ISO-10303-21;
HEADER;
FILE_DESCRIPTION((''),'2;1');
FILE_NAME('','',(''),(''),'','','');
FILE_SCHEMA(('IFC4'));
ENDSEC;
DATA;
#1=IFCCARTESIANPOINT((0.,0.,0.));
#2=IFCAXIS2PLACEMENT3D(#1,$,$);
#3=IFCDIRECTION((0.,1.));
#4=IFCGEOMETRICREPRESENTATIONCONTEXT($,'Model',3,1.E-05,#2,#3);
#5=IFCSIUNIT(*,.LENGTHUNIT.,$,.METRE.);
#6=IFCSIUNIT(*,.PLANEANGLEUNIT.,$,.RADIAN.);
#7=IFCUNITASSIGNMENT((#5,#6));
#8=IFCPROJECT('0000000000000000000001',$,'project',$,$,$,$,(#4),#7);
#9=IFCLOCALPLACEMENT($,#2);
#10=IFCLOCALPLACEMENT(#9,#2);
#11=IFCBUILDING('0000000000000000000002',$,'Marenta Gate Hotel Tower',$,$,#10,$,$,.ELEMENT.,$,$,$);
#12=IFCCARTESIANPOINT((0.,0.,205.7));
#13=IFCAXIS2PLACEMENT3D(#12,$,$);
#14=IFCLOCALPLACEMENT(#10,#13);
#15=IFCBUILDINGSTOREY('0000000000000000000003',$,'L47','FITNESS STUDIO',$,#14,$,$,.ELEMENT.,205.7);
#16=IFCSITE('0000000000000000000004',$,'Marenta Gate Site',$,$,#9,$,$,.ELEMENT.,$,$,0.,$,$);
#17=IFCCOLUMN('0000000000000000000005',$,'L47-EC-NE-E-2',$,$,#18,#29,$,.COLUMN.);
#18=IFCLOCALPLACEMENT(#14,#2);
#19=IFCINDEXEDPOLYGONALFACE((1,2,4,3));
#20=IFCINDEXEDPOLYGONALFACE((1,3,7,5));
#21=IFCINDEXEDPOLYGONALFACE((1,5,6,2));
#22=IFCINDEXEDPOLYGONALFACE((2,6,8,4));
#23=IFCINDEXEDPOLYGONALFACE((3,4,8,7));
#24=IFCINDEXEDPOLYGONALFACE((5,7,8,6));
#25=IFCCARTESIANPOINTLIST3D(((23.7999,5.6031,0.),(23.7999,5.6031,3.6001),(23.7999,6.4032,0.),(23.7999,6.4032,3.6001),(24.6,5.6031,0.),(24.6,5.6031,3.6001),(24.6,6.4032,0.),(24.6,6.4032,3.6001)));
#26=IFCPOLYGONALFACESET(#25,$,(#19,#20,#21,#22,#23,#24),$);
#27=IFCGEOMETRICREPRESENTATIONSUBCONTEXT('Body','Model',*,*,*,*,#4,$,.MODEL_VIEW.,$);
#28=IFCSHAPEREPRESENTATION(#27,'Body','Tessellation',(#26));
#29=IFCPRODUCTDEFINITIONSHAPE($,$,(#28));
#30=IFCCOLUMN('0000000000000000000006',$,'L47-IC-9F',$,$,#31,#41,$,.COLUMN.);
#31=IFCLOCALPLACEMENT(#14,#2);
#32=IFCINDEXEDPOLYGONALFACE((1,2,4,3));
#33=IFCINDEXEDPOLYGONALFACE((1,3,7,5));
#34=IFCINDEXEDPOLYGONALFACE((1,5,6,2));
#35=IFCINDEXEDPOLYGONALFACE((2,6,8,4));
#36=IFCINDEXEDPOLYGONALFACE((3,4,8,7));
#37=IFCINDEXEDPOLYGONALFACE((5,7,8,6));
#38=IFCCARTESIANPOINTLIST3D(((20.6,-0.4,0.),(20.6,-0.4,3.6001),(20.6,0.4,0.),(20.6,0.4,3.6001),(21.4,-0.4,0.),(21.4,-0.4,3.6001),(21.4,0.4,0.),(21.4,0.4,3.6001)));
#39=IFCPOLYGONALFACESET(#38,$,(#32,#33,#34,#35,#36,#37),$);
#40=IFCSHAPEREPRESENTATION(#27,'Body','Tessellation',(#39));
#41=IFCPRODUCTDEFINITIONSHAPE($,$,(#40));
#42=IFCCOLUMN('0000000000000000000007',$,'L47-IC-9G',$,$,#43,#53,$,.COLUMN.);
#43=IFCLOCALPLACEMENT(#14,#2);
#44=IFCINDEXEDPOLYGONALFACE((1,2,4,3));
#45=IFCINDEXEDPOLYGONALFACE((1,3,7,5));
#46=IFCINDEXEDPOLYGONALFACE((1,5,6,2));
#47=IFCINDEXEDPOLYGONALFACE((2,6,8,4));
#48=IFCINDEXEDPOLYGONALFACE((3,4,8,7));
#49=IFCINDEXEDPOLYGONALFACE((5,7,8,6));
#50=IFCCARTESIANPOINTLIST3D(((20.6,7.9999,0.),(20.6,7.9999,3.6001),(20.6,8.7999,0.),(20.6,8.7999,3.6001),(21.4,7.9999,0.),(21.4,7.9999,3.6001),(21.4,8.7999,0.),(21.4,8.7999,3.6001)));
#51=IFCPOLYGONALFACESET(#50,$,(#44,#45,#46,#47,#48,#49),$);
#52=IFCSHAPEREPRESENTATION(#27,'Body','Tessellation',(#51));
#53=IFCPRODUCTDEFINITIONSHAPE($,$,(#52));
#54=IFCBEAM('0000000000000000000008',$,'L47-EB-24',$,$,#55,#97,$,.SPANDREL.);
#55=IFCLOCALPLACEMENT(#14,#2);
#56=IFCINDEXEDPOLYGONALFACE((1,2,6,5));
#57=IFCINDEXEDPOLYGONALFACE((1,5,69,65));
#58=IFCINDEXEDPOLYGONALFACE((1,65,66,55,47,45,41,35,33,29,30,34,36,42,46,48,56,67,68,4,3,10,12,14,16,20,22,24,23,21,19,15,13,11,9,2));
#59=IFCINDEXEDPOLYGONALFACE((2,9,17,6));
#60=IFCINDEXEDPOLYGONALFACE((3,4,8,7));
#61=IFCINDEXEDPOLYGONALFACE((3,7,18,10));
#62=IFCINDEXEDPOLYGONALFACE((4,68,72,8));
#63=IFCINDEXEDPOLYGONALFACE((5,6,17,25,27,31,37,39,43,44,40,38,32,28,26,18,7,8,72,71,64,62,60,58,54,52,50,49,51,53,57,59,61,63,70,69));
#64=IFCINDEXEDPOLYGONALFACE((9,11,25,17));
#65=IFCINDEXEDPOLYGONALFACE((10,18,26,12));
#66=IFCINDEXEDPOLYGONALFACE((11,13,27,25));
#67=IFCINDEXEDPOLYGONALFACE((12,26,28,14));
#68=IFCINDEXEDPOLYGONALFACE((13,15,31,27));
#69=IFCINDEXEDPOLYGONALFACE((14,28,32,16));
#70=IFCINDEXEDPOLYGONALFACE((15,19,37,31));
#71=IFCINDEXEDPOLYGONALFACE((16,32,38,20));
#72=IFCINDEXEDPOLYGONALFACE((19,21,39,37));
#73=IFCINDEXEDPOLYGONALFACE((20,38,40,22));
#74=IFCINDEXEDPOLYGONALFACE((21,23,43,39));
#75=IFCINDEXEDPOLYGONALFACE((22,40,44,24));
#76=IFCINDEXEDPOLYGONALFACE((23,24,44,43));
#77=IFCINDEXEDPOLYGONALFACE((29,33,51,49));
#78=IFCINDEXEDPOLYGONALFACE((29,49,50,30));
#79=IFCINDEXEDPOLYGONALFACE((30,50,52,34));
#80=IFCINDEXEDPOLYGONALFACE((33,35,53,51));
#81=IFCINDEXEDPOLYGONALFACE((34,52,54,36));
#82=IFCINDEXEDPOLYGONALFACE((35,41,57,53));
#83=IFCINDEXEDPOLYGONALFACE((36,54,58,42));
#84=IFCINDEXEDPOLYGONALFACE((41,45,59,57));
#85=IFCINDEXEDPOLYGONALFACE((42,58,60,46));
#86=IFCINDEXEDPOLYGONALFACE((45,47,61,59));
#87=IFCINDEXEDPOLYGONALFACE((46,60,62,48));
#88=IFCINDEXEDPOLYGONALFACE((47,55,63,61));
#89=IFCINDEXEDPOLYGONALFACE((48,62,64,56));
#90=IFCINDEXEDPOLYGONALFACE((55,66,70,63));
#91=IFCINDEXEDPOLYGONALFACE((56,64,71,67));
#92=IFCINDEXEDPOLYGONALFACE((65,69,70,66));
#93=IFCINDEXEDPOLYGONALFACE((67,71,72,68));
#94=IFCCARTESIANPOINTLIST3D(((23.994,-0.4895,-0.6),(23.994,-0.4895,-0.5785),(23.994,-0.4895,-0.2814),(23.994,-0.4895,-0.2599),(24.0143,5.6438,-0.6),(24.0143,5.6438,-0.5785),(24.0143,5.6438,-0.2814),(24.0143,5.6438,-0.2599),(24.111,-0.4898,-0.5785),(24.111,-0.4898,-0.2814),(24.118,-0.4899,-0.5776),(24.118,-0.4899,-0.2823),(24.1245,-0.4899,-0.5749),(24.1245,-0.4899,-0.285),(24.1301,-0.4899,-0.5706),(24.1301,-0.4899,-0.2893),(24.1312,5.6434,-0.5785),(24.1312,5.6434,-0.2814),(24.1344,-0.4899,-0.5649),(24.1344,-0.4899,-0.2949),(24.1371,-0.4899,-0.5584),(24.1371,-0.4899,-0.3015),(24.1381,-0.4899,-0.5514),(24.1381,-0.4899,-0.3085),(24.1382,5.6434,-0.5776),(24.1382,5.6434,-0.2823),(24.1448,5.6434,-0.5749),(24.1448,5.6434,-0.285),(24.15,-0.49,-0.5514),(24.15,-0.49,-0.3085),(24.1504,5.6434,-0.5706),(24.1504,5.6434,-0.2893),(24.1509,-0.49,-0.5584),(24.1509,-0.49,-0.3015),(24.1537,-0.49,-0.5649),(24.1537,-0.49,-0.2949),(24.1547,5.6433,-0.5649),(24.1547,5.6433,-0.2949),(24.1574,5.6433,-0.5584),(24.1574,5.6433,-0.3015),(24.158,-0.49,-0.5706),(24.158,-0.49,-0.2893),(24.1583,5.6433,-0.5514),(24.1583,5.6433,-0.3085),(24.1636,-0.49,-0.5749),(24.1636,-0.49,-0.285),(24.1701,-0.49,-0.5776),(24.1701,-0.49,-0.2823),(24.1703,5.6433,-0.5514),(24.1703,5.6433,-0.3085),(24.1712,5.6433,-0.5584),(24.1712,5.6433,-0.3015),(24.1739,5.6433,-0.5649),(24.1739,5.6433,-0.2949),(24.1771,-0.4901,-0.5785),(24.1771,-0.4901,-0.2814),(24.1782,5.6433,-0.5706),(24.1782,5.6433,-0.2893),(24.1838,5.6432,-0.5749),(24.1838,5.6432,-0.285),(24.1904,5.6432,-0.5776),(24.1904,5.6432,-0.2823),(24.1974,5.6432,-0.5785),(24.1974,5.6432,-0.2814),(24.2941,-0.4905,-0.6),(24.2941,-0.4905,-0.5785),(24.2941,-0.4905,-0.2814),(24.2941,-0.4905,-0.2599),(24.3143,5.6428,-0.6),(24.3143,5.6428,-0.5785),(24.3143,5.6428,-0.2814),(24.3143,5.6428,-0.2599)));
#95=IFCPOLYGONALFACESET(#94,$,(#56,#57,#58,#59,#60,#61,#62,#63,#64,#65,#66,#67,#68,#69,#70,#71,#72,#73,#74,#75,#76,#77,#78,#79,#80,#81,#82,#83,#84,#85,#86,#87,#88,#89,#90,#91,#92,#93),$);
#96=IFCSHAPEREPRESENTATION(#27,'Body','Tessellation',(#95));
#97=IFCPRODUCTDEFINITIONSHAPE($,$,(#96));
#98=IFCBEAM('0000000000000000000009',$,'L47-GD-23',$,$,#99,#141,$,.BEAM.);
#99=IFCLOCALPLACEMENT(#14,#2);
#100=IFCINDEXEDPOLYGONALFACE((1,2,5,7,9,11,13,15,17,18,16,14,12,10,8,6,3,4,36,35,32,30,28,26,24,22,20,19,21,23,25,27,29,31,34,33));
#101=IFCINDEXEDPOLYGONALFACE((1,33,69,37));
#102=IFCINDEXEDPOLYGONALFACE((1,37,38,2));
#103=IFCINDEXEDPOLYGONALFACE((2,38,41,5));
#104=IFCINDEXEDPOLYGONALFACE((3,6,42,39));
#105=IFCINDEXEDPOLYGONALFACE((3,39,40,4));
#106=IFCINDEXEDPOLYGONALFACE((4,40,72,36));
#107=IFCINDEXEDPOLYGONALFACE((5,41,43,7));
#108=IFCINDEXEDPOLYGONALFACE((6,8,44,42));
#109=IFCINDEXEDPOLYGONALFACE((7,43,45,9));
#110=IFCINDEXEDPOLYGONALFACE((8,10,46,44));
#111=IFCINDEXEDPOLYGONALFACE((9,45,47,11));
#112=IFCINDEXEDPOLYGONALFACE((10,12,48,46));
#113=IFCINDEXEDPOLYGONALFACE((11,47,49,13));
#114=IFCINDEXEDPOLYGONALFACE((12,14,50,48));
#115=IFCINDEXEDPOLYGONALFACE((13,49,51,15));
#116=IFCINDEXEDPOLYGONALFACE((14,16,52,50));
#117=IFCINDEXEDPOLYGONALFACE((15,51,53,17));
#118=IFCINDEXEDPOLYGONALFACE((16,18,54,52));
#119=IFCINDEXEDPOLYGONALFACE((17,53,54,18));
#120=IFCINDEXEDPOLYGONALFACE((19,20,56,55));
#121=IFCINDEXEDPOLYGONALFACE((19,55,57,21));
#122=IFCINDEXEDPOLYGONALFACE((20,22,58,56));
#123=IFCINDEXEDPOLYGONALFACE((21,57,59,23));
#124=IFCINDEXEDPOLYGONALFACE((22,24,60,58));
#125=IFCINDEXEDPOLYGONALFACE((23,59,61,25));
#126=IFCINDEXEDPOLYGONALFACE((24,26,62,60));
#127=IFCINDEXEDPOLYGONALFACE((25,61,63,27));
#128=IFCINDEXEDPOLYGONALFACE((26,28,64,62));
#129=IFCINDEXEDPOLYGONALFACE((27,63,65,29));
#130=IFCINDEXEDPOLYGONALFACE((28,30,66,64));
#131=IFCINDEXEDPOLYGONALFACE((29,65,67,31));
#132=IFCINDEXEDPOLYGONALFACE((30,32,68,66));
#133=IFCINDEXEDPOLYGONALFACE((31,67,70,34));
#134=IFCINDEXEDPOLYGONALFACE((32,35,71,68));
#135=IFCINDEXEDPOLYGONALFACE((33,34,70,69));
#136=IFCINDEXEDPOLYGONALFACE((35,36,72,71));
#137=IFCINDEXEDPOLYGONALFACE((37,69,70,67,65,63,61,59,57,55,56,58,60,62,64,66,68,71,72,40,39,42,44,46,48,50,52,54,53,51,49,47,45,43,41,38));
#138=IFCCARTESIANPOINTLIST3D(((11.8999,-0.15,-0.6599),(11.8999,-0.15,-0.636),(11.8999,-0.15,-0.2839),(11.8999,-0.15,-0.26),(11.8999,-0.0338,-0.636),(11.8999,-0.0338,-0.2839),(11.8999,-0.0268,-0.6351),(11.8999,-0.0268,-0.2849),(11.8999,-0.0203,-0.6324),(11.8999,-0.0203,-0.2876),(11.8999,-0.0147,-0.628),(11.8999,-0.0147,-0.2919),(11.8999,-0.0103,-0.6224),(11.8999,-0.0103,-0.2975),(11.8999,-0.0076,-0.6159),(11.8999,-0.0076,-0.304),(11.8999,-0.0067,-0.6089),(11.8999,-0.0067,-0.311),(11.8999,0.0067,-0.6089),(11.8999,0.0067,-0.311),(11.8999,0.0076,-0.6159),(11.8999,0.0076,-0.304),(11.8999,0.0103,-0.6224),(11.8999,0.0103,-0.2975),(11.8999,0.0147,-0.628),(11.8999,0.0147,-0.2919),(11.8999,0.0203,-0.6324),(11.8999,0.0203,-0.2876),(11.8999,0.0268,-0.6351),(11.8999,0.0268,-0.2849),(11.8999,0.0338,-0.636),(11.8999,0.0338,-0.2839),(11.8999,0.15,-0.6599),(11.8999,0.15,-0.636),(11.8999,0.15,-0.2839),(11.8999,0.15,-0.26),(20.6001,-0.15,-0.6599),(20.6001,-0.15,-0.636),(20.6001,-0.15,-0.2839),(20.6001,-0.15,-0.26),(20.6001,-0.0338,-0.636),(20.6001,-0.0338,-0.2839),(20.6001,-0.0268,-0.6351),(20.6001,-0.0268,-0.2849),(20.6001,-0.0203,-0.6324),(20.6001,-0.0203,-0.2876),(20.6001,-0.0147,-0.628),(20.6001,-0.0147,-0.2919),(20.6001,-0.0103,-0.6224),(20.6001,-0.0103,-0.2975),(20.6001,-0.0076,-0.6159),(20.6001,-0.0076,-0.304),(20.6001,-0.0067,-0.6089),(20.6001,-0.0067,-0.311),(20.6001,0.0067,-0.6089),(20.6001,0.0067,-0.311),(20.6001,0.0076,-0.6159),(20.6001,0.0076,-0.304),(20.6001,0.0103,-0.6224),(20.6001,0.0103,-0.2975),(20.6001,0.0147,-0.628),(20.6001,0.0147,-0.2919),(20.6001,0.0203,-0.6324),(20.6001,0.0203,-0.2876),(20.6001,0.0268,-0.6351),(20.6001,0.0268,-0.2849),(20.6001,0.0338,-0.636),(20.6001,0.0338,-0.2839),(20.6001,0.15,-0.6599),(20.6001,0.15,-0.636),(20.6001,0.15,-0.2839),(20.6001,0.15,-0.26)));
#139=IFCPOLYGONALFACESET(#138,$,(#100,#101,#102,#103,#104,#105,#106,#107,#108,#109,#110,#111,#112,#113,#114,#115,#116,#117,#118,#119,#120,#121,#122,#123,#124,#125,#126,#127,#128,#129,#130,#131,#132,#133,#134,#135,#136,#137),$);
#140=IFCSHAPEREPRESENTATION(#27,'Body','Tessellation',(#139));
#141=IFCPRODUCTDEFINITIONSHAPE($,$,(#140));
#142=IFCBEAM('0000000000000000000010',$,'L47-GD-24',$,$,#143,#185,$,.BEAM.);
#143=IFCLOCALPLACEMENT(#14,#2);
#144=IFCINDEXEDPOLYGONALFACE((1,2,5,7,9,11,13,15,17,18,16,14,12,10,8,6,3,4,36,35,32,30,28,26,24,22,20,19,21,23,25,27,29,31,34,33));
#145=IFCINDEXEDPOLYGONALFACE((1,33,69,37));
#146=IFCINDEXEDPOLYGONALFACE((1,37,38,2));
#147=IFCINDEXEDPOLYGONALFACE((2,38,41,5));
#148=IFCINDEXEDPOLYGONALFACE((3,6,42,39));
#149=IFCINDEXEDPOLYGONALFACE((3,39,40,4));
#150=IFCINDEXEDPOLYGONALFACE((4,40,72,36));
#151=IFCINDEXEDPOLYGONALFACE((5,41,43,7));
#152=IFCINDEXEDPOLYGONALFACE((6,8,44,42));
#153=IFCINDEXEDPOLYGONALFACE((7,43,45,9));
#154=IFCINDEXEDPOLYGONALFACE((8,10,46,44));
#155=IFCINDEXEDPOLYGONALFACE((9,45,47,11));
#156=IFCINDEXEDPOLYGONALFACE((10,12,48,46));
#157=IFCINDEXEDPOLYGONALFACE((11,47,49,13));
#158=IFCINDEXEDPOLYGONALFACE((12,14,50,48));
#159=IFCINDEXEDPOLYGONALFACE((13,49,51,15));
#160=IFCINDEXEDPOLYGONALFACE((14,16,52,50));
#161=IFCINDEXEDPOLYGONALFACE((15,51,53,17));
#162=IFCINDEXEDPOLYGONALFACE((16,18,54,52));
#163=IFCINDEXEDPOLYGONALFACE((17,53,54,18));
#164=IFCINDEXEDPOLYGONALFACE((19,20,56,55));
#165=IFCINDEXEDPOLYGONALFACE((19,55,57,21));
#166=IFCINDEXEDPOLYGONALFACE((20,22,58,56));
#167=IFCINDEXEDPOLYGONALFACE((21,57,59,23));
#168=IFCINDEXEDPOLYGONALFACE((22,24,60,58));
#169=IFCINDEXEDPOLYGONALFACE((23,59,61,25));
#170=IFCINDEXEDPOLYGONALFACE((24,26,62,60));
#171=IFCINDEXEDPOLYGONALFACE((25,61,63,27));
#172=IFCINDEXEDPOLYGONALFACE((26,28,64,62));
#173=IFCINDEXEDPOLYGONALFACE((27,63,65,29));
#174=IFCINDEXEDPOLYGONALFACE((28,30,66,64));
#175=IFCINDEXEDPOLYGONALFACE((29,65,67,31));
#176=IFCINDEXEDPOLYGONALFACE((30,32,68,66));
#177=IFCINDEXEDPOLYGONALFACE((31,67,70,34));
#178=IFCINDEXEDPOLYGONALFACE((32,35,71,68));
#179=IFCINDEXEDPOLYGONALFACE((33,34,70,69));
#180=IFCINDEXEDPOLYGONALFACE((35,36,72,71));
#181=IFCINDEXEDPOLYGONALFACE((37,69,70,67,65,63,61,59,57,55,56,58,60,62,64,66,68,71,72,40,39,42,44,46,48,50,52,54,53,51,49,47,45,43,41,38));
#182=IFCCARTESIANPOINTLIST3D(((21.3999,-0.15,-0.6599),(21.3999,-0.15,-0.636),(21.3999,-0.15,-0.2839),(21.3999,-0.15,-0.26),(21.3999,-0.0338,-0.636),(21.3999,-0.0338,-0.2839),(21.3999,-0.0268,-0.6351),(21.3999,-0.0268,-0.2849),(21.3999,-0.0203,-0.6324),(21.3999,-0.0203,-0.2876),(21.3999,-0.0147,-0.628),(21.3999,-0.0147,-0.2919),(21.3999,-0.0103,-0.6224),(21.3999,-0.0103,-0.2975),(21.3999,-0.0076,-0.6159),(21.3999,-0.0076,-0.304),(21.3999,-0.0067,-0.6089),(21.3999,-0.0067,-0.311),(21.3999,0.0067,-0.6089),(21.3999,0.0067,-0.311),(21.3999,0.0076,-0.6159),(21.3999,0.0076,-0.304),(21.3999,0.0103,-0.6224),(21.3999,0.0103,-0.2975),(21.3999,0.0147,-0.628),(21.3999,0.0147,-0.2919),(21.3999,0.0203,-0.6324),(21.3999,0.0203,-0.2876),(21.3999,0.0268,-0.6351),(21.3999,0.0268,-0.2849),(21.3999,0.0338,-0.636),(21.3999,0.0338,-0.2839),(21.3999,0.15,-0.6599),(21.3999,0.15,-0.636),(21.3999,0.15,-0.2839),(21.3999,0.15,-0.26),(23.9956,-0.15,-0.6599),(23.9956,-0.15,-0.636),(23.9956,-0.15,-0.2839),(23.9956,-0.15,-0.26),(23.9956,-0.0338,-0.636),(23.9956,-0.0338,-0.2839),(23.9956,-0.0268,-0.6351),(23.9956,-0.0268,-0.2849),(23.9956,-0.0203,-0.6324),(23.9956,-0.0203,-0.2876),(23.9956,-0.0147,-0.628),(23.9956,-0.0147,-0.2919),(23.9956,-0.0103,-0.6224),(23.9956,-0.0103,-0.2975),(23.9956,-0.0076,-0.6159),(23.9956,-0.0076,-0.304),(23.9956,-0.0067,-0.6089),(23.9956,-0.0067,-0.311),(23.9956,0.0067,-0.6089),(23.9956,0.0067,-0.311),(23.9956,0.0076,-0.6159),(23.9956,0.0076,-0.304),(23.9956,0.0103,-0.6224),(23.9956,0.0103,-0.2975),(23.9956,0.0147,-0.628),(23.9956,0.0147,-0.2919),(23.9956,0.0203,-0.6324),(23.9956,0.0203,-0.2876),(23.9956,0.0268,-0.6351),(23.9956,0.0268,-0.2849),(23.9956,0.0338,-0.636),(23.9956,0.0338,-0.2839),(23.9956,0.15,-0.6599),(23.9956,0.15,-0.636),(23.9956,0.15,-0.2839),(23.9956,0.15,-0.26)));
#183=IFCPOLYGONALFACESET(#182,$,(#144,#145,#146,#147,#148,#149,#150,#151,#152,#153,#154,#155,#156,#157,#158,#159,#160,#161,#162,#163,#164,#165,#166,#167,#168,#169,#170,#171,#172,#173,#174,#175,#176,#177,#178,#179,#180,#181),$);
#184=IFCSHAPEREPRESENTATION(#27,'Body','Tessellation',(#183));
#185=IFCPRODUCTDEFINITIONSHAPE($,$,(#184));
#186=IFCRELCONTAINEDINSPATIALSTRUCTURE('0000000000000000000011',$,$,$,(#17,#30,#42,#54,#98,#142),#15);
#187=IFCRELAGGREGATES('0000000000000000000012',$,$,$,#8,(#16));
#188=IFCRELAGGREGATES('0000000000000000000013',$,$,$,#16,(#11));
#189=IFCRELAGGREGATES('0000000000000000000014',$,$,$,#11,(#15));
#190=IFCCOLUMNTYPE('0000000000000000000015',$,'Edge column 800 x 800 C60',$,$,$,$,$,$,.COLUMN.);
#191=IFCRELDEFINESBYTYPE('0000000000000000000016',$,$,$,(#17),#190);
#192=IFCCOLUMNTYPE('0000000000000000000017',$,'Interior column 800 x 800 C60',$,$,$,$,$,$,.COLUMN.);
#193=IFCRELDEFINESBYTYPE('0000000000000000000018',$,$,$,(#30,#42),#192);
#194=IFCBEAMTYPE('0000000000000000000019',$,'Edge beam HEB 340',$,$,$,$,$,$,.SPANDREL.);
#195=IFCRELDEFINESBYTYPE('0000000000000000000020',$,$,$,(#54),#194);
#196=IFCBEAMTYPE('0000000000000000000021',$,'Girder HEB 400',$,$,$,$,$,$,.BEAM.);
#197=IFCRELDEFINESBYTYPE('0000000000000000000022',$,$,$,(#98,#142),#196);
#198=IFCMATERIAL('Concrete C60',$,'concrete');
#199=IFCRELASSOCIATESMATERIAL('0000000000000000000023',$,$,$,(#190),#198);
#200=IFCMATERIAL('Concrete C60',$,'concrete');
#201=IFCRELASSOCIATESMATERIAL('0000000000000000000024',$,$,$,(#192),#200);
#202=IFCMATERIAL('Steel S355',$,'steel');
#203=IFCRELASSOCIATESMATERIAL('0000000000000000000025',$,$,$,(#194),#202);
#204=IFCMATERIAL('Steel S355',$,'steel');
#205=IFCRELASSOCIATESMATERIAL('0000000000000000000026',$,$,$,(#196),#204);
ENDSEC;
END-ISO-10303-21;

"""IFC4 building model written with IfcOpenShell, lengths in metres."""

from ifc_helpers import new_model, si_unit, direction, frame, origin, origin_2d, place, context, subcontext, project, spatial, rectangle, i_section, extrude, material, material_profile, profile_set, type_object, element, save


model = new_model("IFC4")

# Units and contexts
model_context = context("Model", 3, precision=1e-05, world=origin(), true_north=direction((0.0, 1.0)))
body_context = subcontext(model_context, "Body", "Model", "MODEL_VIEW")
ifc_project = project(units=[si_unit("LENGTHUNIT", "METRE"), si_unit("PLANEANGLEUNIT", "RADIAN")], contexts=[model_context])

# Site, building, storey
site_placement = place(None, origin())
site = spatial("IfcSite", under=ifc_project, at=site_placement, Name="Marenta Gate Site", CompositionType="ELEMENT", RefElevation=0.0)
building_placement = place(site_placement, origin())
building = spatial("IfcBuilding", under=site, at=building_placement, Name="Marenta Gate Hotel Tower", CompositionType="ELEMENT")
storey_placement = place(building_placement, frame((0.0, 0.0, 205.7)))
storey = spatial("IfcBuildingStorey", under=building, at=storey_placement, Name="L47", Description="FITNESS STUDIO", CompositionType="ELEMENT", Elevation=205.7)

# Columns
ifc_material_1 = material(Name="Concrete C60", Category="concrete")
ifc_material_profile_1 = material_profile(ifc_material_1, rectangle(XDim=0.8, YDim=0.8, at=origin_2d()), Name="800 x 800")
ifc_profile_set_1 = profile_set([ifc_material_profile_1], Name="Concrete C60")
column_type_1 = type_object("IfcColumnType", Name="Edge column 800 x 800 C60", PredefinedType="COLUMN", material=ifc_profile_set_1)
column_placement = place(storey_placement, frame((24.2, 6.0032, 0.0), z_axis=(0.0, 0.0, 1.0), x_axis=(1.0, 0.0, 0.0)))
element("IfcColumn", 1, at=column_placement, inside=storey, type_object=column_type_1, Name="L47-EC-NE-E-2", PredefinedType="COLUMN", context=body_context, shape_type="SweptSolid", body=[
    extrude(rectangle(XDim=0.8, YDim=0.8, at=origin_2d()), origin(), (0.0, 0.0, 1.0), 3.6001),
])
ifc_material_2 = material(Name="Concrete C60", Category="concrete")
ifc_material_profile_2 = material_profile(ifc_material_2, rectangle(XDim=0.8, YDim=0.8, at=origin_2d()), Name="800 x 800")
ifc_profile_set_2 = profile_set([ifc_material_profile_2], Name="Concrete C60")
column_type_2 = type_object("IfcColumnType", Name="Interior column 800 x 800 C60", PredefinedType="COLUMN", material=ifc_profile_set_2)
for number, where, z_axis, x_axis, name in (
    (2, (21.0, 0.0, 0.0), (0.0, 0.0, 1.0), (1.0, 0.0, 0.0), "L47-IC-9F"),
    (3, (21.0, 8.3999, 0.0), (0.0, 0.0, 1.0), (1.0, 0.0, 0.0), "L47-IC-9G"),
):
    element("IfcColumn", number, at=place(storey_placement, frame(where, z_axis=z_axis, x_axis=x_axis)), inside=storey, type_object=column_type_2, Name=name, PredefinedType="COLUMN", context=body_context, shape_type="SweptSolid", body=[
        extrude(rectangle(XDim=0.8, YDim=0.8, at=origin_2d()), origin(), (0.0, 0.0, 1.0), 3.6001),
    ])

# Beams
ifc_material_3 = material(Name="Steel S355", Category="steel")
ifc_material_profile_3 = material_profile(ifc_material_3, i_section(OverallWidth=0.3, OverallDepth=0.3401, WebThickness=0.012, FlangeThickness=0.0215, FilletRadius=0.0271, at=origin_2d()), Name="HEB 340")
ifc_profile_set_3 = profile_set([ifc_material_profile_3], Name="Steel S355")
beam_type_1 = type_object("IfcBeamType", Name="Edge beam HEB 340", PredefinedType="SPANDREL", material=ifc_profile_set_3)
beam_1_placement = place(storey_placement, frame((24.1643, 5.6433, -0.4299), z_axis=(-0.003304, -0.999995, 0.0), x_axis=(0.999995, -0.003304, 0.0)))
element("IfcBeam", 4, at=beam_1_placement, inside=storey, type_object=beam_type_1, Name="L47-EB-24", PredefinedType="SPANDREL", context=body_context, shape_type="SweptSolid", body=[
    extrude(i_section(OverallWidth=0.3, OverallDepth=0.3401, WebThickness=0.012, FlangeThickness=0.0215, FilletRadius=0.0271, at=origin_2d()), origin(), (0.0, 0.0, 1.0), 6.1333),
])
ifc_material_4 = material(Name="Steel S355", Category="steel")
ifc_material_profile_4 = material_profile(ifc_material_4, i_section(OverallWidth=0.3, OverallDepth=0.3999, WebThickness=0.0134, FlangeThickness=0.0239, FilletRadius=0.0271, at=origin_2d()), Name="HEB 400")
ifc_profile_set_4 = profile_set([ifc_material_profile_4], Name="Steel S355")
beam_type_2 = type_object("IfcBeamType", Name="Girder HEB 400", PredefinedType="BEAM", material=ifc_profile_set_4)
beam_2_placement = place(storey_placement, frame((11.8999, 0.0, -0.46), z_axis=(1.0, 0.0, 0.0), x_axis=(0.0, 1.0, 0.0)))
element("IfcBeam", 5, at=beam_2_placement, inside=storey, type_object=beam_type_2, Name="L47-GD-23", PredefinedType="BEAM", context=body_context, shape_type="SweptSolid", body=[
    extrude(i_section(OverallWidth=0.3, OverallDepth=0.3999, WebThickness=0.0134, FlangeThickness=0.0239, FilletRadius=0.0271, at=origin_2d()), origin(), (0.0, 0.0, 1.0), 8.7002),
])
beam_3_placement = place(storey_placement, frame((21.3999, 0.0, -0.46), z_axis=(1.0, 0.0, 0.0), x_axis=(0.0, 1.0, 0.0)))
element("IfcBeam", 6, at=beam_3_placement, inside=storey, type_object=beam_type_2, Name="L47-GD-24", PredefinedType="BEAM", context=body_context, shape_type="SweptSolid", body=[
    extrude(i_section(OverallWidth=0.3, OverallDepth=0.3999, WebThickness=0.0134, FlangeThickness=0.0239, FilletRadius=0.0271, at=origin_2d()), origin(), (0.0, 0.0, 1.0), 2.5957),
])

save(model, "model.ifc")
